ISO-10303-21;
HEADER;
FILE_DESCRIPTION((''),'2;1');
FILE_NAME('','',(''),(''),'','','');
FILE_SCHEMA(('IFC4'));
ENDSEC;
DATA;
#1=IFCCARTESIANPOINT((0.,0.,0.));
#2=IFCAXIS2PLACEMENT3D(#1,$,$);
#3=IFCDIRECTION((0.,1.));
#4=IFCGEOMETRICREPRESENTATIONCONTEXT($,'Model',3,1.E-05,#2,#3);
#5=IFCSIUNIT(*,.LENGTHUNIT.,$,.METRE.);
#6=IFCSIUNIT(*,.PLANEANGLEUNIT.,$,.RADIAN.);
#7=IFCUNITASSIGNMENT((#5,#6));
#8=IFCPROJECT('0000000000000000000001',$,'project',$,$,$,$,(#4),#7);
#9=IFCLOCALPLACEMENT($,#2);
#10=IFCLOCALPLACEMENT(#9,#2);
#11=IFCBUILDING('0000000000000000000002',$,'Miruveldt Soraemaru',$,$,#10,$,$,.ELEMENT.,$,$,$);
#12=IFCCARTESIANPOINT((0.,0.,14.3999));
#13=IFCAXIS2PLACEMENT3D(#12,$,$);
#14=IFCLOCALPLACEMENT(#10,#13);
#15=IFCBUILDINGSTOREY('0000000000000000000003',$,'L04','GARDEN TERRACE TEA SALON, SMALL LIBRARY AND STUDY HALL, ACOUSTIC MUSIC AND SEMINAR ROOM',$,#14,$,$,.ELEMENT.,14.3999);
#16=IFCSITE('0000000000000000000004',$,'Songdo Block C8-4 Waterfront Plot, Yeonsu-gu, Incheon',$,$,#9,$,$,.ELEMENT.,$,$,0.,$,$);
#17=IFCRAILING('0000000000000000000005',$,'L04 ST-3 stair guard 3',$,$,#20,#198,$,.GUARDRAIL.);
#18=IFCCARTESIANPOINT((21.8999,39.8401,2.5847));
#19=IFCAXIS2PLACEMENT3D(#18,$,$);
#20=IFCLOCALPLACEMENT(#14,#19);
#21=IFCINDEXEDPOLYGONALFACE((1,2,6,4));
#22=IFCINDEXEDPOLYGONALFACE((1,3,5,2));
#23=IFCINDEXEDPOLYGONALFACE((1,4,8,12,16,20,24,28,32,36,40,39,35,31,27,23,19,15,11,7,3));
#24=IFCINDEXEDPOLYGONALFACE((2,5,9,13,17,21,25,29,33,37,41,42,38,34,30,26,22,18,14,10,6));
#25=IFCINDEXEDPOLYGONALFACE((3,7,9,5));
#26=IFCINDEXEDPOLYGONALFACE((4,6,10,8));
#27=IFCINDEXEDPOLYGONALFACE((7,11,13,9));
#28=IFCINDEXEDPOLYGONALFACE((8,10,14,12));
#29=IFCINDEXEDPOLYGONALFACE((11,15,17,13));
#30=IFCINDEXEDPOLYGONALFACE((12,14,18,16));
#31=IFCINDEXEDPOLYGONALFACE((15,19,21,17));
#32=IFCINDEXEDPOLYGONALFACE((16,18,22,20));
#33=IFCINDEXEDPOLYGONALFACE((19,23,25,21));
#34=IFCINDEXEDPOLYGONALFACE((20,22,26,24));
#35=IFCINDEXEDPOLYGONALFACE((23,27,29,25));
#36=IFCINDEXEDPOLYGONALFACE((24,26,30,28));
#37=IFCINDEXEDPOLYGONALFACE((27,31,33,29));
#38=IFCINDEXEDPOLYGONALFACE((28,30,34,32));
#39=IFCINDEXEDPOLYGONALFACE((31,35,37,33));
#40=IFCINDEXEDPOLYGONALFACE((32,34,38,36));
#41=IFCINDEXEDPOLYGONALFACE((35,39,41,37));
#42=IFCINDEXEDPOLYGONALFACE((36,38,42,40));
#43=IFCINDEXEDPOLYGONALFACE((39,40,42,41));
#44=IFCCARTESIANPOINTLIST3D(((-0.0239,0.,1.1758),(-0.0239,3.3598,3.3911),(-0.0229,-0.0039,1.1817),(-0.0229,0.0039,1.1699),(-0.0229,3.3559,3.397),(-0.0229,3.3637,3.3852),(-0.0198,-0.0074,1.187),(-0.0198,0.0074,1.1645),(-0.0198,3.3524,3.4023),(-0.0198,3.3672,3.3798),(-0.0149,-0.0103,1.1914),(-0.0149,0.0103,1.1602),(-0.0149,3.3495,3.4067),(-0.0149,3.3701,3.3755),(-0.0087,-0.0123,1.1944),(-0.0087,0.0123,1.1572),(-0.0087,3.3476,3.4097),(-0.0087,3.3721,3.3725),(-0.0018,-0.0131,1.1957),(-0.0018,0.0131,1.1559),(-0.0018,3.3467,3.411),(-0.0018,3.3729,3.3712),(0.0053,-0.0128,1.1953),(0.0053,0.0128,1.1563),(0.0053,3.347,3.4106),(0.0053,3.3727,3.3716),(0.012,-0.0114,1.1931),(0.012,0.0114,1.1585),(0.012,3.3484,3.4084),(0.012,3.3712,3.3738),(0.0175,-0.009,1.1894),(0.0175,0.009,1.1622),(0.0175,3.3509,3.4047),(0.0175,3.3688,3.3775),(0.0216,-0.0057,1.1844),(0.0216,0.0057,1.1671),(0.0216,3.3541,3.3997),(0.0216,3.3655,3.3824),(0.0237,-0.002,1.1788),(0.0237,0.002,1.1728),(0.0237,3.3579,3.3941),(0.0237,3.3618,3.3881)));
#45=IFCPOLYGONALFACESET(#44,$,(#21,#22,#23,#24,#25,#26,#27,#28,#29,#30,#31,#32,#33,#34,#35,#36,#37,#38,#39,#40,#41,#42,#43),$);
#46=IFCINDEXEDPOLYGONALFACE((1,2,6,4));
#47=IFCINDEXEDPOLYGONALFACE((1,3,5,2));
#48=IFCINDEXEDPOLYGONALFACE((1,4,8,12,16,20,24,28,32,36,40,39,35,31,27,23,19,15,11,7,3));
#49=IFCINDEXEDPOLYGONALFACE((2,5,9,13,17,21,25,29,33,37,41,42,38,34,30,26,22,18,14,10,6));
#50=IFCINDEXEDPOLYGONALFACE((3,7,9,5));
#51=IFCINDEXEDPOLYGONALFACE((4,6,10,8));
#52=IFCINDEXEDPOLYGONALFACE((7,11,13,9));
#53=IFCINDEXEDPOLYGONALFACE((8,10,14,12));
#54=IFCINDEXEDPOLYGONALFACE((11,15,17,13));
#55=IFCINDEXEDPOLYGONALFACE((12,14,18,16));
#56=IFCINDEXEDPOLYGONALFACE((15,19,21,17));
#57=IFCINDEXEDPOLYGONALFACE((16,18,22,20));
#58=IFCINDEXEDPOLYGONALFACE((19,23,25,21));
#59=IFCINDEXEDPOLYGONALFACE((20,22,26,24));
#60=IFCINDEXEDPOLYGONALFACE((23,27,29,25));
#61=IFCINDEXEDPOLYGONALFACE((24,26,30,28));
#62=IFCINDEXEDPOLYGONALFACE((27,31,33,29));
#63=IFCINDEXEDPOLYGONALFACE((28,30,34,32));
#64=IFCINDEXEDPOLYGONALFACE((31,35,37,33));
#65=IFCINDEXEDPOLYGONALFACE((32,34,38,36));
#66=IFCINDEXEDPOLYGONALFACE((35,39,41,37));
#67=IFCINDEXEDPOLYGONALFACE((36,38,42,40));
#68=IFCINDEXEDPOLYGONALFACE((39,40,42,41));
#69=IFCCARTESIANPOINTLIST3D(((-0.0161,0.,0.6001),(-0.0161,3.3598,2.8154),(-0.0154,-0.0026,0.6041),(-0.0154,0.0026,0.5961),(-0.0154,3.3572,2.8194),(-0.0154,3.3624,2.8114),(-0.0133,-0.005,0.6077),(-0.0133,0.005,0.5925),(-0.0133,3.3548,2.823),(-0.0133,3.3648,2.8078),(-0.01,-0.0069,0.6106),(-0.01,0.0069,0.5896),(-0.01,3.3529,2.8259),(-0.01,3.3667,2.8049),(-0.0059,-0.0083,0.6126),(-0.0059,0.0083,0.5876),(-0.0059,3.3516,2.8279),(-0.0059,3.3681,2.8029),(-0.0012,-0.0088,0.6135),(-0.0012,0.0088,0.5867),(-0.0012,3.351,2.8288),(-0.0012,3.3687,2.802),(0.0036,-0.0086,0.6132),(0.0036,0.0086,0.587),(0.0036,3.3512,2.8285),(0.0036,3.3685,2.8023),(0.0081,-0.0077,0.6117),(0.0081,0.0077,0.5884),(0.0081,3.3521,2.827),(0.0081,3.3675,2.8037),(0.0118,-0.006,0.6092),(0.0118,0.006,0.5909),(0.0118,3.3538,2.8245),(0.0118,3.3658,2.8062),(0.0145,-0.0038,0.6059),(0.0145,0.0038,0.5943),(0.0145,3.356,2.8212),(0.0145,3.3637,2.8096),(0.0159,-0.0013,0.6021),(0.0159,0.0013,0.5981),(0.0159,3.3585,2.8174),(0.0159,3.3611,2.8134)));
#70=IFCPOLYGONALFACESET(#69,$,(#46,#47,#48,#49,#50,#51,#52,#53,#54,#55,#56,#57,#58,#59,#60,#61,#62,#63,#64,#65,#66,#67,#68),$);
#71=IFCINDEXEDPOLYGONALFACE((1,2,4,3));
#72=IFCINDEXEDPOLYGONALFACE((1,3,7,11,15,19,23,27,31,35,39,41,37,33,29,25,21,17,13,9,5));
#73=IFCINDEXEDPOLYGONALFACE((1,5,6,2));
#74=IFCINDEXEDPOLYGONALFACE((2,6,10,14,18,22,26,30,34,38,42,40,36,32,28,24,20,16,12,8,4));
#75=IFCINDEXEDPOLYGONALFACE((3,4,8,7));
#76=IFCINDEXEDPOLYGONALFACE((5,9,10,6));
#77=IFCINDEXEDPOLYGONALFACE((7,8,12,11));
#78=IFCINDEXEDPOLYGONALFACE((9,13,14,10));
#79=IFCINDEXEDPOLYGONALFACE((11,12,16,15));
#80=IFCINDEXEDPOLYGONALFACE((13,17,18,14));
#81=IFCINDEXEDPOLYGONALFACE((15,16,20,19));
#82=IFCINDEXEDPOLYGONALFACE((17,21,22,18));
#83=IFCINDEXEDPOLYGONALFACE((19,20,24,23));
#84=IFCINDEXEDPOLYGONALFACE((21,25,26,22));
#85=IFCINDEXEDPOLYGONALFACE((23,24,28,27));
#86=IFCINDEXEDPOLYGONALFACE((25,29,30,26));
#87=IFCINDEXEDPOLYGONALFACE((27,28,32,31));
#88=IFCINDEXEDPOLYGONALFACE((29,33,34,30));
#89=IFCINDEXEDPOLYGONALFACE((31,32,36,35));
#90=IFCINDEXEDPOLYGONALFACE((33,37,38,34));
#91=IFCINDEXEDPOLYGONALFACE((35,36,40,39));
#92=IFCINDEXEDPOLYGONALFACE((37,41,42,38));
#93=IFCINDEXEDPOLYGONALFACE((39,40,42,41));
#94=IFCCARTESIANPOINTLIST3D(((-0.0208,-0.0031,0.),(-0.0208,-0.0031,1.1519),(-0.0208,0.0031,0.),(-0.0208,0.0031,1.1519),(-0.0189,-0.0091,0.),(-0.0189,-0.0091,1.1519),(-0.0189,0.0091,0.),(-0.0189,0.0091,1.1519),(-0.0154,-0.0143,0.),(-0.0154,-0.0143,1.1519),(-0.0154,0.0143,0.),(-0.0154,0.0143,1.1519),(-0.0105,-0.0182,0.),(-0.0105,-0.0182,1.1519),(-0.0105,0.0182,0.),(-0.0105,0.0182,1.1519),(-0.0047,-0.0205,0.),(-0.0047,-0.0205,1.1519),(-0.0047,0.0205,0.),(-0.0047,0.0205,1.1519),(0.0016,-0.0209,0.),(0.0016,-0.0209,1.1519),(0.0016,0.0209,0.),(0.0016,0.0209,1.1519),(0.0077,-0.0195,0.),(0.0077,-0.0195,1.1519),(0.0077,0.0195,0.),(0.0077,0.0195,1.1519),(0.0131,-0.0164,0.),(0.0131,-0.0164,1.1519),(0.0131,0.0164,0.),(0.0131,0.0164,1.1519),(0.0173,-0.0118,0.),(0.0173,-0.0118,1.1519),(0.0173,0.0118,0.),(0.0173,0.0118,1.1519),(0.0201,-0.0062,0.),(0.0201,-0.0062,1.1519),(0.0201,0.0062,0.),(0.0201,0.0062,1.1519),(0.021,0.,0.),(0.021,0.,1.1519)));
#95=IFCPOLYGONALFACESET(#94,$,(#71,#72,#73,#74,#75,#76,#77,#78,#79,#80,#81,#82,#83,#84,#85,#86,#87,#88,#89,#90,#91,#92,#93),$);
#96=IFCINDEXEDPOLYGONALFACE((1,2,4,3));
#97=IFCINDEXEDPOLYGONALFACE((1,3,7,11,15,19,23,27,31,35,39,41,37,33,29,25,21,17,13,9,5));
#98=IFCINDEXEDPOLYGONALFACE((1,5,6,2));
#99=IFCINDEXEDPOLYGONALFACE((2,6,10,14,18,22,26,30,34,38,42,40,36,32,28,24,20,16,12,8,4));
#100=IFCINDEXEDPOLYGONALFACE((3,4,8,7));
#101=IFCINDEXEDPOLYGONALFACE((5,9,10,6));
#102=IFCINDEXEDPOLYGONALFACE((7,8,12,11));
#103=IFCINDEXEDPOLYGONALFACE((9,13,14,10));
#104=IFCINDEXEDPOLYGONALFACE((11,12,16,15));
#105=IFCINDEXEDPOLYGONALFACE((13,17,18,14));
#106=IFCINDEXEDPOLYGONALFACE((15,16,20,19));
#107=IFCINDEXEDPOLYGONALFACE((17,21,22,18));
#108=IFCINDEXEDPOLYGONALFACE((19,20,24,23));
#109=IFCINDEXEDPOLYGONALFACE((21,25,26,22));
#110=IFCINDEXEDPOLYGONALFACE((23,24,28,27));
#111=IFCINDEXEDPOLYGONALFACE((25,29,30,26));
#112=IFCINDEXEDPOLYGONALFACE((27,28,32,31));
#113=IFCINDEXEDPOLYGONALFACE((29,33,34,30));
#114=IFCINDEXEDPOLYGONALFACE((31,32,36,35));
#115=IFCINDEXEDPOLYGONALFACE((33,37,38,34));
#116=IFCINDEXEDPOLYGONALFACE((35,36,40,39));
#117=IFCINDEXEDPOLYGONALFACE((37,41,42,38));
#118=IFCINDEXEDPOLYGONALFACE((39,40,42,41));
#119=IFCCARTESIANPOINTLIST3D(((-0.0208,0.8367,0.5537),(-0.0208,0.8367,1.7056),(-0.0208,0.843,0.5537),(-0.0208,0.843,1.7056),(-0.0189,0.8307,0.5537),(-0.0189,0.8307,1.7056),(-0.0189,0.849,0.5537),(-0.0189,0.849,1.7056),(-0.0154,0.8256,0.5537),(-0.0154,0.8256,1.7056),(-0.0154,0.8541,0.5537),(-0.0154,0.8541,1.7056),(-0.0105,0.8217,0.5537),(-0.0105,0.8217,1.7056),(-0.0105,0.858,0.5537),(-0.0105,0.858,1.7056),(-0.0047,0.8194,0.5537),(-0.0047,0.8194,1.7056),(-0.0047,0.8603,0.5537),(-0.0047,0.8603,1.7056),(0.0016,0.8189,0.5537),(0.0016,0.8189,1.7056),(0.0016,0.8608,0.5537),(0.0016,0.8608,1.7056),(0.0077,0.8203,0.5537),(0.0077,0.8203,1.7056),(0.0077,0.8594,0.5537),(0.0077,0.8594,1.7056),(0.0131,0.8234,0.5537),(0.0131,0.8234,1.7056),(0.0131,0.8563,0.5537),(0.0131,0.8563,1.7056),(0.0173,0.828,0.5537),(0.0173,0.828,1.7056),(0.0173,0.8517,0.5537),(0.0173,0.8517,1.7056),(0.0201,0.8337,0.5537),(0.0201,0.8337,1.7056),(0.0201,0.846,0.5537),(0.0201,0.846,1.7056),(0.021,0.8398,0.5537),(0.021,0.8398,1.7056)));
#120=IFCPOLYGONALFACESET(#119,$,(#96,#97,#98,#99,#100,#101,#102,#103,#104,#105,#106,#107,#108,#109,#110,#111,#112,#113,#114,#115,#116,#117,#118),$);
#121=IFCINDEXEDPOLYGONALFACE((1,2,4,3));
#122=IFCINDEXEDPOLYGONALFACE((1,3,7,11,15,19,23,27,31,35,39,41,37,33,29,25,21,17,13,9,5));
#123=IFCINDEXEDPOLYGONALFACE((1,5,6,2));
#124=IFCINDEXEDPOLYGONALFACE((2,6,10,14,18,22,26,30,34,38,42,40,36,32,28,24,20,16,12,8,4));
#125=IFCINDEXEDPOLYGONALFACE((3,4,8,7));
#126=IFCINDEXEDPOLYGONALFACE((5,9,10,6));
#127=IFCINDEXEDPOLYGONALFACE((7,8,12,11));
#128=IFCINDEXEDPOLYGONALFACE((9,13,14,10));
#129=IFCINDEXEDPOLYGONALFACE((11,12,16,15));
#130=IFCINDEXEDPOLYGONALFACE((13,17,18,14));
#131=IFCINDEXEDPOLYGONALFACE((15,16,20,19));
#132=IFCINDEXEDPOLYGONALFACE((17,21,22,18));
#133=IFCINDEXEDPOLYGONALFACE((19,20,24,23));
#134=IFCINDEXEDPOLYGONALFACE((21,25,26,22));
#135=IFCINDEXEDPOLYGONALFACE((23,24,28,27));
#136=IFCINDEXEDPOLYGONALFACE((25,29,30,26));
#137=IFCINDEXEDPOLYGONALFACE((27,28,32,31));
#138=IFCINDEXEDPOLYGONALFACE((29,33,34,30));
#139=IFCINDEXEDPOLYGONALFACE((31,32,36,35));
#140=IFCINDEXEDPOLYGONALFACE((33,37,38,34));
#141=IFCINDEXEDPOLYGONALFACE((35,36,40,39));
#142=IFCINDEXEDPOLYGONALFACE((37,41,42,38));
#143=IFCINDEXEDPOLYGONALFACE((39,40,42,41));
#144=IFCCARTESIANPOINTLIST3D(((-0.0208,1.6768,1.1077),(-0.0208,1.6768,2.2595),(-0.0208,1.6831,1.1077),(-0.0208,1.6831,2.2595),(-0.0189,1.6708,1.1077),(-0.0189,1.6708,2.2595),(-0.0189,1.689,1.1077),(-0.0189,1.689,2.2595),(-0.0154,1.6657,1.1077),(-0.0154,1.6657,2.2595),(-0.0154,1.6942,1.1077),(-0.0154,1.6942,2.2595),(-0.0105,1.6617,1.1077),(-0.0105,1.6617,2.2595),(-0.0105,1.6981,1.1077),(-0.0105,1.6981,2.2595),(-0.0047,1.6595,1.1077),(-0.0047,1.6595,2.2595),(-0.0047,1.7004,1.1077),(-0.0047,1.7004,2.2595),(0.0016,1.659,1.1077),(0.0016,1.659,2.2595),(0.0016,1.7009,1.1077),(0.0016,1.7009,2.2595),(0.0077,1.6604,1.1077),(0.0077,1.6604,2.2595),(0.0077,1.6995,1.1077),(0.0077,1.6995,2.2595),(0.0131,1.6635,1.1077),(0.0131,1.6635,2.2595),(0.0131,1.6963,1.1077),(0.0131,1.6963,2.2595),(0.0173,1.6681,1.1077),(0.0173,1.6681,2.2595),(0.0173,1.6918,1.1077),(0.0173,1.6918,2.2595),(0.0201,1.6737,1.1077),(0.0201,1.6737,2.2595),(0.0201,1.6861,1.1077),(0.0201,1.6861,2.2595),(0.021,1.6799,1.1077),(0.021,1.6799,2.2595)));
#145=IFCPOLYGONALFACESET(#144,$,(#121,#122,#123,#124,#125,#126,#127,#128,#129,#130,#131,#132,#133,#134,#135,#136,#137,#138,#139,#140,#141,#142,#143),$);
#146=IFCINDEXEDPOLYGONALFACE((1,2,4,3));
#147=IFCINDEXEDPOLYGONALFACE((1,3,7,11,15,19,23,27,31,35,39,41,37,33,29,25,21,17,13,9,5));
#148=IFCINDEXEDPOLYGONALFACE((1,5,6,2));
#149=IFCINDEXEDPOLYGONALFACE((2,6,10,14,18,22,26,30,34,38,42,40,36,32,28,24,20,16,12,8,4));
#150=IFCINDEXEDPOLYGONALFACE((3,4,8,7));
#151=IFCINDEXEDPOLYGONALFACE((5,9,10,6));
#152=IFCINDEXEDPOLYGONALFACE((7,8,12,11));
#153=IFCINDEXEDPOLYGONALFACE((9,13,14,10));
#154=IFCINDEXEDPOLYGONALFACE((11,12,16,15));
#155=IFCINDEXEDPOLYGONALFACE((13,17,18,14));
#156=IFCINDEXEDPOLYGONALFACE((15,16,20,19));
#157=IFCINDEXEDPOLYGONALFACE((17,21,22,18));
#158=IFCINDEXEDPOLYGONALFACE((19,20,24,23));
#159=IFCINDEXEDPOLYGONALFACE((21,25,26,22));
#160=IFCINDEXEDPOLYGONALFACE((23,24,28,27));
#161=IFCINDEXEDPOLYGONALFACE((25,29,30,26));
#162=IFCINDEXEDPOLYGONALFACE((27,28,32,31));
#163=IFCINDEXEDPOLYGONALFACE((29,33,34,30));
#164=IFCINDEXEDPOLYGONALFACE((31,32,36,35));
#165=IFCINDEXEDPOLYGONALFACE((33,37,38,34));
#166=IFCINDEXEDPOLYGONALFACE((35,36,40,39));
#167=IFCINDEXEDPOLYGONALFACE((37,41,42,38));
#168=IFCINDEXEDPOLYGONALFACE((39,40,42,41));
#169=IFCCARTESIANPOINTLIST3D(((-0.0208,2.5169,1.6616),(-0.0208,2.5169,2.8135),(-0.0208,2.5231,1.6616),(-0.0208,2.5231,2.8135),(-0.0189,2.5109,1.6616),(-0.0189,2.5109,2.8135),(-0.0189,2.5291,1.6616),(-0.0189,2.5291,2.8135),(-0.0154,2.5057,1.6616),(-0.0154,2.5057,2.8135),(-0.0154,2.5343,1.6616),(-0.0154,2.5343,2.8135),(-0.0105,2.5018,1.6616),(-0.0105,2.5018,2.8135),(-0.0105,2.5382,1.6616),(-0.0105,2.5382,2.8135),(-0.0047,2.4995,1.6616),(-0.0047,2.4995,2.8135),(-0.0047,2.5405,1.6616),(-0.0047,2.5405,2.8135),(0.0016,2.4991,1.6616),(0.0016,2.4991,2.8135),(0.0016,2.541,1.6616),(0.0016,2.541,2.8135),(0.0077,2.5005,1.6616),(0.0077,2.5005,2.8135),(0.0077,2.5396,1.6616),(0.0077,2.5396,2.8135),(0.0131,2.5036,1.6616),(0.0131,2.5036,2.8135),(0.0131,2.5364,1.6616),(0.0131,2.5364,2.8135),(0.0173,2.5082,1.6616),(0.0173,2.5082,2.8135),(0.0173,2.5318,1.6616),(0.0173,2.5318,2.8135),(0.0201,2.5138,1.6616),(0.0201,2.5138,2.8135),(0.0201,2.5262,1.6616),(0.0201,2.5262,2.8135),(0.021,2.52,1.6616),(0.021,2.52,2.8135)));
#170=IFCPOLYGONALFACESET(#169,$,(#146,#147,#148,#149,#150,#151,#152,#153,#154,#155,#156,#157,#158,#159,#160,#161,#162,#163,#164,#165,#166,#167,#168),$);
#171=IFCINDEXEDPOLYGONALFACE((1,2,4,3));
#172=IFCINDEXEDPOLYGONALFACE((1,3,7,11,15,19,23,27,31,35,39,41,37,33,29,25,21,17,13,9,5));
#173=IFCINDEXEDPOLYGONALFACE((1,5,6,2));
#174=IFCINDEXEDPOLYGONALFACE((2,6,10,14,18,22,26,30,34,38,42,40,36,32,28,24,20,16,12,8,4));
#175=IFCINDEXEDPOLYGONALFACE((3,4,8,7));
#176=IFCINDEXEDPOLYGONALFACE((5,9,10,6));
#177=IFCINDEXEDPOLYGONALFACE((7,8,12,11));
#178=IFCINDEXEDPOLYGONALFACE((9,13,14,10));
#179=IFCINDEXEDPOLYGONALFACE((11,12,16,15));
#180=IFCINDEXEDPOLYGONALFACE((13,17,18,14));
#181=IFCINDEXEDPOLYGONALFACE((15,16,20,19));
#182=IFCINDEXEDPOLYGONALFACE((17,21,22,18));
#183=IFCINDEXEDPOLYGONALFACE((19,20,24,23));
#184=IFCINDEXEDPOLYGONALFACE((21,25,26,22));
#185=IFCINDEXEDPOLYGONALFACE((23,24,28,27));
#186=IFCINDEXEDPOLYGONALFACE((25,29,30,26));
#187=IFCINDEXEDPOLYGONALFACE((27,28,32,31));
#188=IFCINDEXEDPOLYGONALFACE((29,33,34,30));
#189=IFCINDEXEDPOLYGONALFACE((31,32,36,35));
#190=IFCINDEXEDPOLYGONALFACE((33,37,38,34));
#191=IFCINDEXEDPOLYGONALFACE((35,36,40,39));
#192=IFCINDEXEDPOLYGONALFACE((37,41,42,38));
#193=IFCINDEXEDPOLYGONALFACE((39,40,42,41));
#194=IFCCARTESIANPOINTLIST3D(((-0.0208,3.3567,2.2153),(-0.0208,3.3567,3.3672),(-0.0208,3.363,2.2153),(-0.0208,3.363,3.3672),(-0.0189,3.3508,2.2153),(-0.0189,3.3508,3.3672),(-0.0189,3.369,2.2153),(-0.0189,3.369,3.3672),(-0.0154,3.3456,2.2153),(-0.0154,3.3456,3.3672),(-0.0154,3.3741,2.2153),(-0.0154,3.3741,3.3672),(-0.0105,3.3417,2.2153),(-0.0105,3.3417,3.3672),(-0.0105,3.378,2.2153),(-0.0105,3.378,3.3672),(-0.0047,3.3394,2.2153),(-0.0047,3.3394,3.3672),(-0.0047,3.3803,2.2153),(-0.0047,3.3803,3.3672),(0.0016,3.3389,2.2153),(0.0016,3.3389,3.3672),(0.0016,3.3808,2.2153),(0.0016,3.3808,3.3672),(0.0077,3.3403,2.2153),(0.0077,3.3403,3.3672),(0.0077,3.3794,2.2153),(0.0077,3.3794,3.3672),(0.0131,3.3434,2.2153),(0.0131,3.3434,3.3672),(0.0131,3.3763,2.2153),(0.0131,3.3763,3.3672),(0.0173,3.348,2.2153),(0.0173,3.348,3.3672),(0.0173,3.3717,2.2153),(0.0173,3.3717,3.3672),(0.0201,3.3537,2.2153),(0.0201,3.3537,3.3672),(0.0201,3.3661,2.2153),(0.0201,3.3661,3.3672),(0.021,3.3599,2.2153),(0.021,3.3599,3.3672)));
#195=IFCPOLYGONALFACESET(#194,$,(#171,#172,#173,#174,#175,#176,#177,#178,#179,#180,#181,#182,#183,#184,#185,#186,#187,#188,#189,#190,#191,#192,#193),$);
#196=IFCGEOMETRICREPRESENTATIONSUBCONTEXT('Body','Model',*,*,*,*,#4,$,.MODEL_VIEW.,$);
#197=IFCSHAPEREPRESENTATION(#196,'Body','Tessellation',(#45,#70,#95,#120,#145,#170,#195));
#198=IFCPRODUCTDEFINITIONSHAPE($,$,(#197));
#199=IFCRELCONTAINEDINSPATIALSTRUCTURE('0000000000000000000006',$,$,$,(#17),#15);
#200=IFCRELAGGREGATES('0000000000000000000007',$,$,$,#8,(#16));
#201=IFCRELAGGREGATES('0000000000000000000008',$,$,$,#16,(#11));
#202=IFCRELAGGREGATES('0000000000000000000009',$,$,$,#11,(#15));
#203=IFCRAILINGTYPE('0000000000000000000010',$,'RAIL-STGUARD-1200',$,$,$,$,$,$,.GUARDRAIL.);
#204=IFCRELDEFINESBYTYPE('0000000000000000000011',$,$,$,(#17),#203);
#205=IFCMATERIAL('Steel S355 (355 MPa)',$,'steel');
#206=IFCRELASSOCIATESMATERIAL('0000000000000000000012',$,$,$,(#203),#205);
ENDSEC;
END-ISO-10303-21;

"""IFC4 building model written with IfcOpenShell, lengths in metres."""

from ifc_helpers import new_model, si_unit, direction, frame, origin, origin_2d, place, context, subcontext, project, spatial, circle, extrude, material, type_object, element, save


model = new_model("IFC4")

# Units and contexts
model_context = context("Model", 3, precision=1e-05, world=origin(), true_north=direction((0.0, 1.0)))
body_context = subcontext(model_context, "Body", "Model", "MODEL_VIEW")
ifc_project = project(units=[si_unit("LENGTHUNIT", "METRE"), si_unit("PLANEANGLEUNIT", "RADIAN")], contexts=[model_context])

# Site, building, storey
site_placement = place(None, origin())
site = spatial("IfcSite", under=ifc_project, at=site_placement, Name="Songdo Block C8-4 Waterfront Plot, Yeonsu-gu, Incheon", CompositionType="ELEMENT", RefElevation=0.0)
building_placement = place(site_placement, origin())
building = spatial("IfcBuilding", under=site, at=building_placement, Name="Miruveldt Soraemaru", CompositionType="ELEMENT")
storey_placement = place(building_placement, frame((0.0, 0.0, 14.3999)))
storey = spatial("IfcBuildingStorey", under=building, at=storey_placement, Name="L04", Description="GARDEN TERRACE TEA SALON, SMALL LIBRARY AND STUDY HALL, ACOUSTIC MUSIC AND SEMINAR ROOM", CompositionType="ELEMENT", Elevation=14.3999)

# Railing
ifc_material_1 = material(Name="Steel S355 (355 MPa)", Category="steel")
railing_type_1 = type_object("IfcRailingType", Name="RAIL-STGUARD-1200", PredefinedType="GUARDRAIL", material=ifc_material_1)
railing_1_placement = place(storey_placement, frame((21.8999, 39.8401, 2.5847)))
element("IfcRailing", 1, at=railing_1_placement, inside=storey, type_object=railing_type_1, Name="L04 ST-3 stair guard 3", PredefinedType="GUARDRAIL", context=body_context, shape_type="SweptSolid", body=[
    extrude(circle(Radius=0.0239, at=origin_2d()), frame((0.0, 0.0, 1.1758), z_axis=(0.0, 0.834858, 0.550465), x_axis=(-1.0, 0.0, 0.0)), (0.0, 0.0, 1.0), 4.0244),
    extrude(circle(Radius=0.0161, at=origin_2d()), frame((0.0, 0.0, 0.6001), z_axis=(0.0, 0.834858, 0.550465), x_axis=(-1.0, 0.0, 0.0)), (0.0, 0.0, 1.0), 4.0244),
    extrude(circle(Radius=0.021, at=origin_2d()), origin(), (0.0, 0.0, 1.0), 1.1519),
    extrude(circle(Radius=0.021, at=origin_2d()), frame((0.0, 0.8398, 0.5537)), (0.0, 0.0, 1.0), 1.1519),
    extrude(circle(Radius=0.021, at=origin_2d()), frame((0.0, 1.6799, 1.1077)), (0.0, 0.0, 1.0), 1.1519),
    extrude(circle(Radius=0.021, at=origin_2d()), frame((0.0, 2.52, 1.6616)), (0.0, 0.0, 1.0), 1.1519),
    extrude(circle(Radius=0.021, at=origin_2d()), frame((0.0, 3.3599, 2.2153)), (0.0, 0.0, 1.0), 1.1519),
])

save(model, "model.ifc")
